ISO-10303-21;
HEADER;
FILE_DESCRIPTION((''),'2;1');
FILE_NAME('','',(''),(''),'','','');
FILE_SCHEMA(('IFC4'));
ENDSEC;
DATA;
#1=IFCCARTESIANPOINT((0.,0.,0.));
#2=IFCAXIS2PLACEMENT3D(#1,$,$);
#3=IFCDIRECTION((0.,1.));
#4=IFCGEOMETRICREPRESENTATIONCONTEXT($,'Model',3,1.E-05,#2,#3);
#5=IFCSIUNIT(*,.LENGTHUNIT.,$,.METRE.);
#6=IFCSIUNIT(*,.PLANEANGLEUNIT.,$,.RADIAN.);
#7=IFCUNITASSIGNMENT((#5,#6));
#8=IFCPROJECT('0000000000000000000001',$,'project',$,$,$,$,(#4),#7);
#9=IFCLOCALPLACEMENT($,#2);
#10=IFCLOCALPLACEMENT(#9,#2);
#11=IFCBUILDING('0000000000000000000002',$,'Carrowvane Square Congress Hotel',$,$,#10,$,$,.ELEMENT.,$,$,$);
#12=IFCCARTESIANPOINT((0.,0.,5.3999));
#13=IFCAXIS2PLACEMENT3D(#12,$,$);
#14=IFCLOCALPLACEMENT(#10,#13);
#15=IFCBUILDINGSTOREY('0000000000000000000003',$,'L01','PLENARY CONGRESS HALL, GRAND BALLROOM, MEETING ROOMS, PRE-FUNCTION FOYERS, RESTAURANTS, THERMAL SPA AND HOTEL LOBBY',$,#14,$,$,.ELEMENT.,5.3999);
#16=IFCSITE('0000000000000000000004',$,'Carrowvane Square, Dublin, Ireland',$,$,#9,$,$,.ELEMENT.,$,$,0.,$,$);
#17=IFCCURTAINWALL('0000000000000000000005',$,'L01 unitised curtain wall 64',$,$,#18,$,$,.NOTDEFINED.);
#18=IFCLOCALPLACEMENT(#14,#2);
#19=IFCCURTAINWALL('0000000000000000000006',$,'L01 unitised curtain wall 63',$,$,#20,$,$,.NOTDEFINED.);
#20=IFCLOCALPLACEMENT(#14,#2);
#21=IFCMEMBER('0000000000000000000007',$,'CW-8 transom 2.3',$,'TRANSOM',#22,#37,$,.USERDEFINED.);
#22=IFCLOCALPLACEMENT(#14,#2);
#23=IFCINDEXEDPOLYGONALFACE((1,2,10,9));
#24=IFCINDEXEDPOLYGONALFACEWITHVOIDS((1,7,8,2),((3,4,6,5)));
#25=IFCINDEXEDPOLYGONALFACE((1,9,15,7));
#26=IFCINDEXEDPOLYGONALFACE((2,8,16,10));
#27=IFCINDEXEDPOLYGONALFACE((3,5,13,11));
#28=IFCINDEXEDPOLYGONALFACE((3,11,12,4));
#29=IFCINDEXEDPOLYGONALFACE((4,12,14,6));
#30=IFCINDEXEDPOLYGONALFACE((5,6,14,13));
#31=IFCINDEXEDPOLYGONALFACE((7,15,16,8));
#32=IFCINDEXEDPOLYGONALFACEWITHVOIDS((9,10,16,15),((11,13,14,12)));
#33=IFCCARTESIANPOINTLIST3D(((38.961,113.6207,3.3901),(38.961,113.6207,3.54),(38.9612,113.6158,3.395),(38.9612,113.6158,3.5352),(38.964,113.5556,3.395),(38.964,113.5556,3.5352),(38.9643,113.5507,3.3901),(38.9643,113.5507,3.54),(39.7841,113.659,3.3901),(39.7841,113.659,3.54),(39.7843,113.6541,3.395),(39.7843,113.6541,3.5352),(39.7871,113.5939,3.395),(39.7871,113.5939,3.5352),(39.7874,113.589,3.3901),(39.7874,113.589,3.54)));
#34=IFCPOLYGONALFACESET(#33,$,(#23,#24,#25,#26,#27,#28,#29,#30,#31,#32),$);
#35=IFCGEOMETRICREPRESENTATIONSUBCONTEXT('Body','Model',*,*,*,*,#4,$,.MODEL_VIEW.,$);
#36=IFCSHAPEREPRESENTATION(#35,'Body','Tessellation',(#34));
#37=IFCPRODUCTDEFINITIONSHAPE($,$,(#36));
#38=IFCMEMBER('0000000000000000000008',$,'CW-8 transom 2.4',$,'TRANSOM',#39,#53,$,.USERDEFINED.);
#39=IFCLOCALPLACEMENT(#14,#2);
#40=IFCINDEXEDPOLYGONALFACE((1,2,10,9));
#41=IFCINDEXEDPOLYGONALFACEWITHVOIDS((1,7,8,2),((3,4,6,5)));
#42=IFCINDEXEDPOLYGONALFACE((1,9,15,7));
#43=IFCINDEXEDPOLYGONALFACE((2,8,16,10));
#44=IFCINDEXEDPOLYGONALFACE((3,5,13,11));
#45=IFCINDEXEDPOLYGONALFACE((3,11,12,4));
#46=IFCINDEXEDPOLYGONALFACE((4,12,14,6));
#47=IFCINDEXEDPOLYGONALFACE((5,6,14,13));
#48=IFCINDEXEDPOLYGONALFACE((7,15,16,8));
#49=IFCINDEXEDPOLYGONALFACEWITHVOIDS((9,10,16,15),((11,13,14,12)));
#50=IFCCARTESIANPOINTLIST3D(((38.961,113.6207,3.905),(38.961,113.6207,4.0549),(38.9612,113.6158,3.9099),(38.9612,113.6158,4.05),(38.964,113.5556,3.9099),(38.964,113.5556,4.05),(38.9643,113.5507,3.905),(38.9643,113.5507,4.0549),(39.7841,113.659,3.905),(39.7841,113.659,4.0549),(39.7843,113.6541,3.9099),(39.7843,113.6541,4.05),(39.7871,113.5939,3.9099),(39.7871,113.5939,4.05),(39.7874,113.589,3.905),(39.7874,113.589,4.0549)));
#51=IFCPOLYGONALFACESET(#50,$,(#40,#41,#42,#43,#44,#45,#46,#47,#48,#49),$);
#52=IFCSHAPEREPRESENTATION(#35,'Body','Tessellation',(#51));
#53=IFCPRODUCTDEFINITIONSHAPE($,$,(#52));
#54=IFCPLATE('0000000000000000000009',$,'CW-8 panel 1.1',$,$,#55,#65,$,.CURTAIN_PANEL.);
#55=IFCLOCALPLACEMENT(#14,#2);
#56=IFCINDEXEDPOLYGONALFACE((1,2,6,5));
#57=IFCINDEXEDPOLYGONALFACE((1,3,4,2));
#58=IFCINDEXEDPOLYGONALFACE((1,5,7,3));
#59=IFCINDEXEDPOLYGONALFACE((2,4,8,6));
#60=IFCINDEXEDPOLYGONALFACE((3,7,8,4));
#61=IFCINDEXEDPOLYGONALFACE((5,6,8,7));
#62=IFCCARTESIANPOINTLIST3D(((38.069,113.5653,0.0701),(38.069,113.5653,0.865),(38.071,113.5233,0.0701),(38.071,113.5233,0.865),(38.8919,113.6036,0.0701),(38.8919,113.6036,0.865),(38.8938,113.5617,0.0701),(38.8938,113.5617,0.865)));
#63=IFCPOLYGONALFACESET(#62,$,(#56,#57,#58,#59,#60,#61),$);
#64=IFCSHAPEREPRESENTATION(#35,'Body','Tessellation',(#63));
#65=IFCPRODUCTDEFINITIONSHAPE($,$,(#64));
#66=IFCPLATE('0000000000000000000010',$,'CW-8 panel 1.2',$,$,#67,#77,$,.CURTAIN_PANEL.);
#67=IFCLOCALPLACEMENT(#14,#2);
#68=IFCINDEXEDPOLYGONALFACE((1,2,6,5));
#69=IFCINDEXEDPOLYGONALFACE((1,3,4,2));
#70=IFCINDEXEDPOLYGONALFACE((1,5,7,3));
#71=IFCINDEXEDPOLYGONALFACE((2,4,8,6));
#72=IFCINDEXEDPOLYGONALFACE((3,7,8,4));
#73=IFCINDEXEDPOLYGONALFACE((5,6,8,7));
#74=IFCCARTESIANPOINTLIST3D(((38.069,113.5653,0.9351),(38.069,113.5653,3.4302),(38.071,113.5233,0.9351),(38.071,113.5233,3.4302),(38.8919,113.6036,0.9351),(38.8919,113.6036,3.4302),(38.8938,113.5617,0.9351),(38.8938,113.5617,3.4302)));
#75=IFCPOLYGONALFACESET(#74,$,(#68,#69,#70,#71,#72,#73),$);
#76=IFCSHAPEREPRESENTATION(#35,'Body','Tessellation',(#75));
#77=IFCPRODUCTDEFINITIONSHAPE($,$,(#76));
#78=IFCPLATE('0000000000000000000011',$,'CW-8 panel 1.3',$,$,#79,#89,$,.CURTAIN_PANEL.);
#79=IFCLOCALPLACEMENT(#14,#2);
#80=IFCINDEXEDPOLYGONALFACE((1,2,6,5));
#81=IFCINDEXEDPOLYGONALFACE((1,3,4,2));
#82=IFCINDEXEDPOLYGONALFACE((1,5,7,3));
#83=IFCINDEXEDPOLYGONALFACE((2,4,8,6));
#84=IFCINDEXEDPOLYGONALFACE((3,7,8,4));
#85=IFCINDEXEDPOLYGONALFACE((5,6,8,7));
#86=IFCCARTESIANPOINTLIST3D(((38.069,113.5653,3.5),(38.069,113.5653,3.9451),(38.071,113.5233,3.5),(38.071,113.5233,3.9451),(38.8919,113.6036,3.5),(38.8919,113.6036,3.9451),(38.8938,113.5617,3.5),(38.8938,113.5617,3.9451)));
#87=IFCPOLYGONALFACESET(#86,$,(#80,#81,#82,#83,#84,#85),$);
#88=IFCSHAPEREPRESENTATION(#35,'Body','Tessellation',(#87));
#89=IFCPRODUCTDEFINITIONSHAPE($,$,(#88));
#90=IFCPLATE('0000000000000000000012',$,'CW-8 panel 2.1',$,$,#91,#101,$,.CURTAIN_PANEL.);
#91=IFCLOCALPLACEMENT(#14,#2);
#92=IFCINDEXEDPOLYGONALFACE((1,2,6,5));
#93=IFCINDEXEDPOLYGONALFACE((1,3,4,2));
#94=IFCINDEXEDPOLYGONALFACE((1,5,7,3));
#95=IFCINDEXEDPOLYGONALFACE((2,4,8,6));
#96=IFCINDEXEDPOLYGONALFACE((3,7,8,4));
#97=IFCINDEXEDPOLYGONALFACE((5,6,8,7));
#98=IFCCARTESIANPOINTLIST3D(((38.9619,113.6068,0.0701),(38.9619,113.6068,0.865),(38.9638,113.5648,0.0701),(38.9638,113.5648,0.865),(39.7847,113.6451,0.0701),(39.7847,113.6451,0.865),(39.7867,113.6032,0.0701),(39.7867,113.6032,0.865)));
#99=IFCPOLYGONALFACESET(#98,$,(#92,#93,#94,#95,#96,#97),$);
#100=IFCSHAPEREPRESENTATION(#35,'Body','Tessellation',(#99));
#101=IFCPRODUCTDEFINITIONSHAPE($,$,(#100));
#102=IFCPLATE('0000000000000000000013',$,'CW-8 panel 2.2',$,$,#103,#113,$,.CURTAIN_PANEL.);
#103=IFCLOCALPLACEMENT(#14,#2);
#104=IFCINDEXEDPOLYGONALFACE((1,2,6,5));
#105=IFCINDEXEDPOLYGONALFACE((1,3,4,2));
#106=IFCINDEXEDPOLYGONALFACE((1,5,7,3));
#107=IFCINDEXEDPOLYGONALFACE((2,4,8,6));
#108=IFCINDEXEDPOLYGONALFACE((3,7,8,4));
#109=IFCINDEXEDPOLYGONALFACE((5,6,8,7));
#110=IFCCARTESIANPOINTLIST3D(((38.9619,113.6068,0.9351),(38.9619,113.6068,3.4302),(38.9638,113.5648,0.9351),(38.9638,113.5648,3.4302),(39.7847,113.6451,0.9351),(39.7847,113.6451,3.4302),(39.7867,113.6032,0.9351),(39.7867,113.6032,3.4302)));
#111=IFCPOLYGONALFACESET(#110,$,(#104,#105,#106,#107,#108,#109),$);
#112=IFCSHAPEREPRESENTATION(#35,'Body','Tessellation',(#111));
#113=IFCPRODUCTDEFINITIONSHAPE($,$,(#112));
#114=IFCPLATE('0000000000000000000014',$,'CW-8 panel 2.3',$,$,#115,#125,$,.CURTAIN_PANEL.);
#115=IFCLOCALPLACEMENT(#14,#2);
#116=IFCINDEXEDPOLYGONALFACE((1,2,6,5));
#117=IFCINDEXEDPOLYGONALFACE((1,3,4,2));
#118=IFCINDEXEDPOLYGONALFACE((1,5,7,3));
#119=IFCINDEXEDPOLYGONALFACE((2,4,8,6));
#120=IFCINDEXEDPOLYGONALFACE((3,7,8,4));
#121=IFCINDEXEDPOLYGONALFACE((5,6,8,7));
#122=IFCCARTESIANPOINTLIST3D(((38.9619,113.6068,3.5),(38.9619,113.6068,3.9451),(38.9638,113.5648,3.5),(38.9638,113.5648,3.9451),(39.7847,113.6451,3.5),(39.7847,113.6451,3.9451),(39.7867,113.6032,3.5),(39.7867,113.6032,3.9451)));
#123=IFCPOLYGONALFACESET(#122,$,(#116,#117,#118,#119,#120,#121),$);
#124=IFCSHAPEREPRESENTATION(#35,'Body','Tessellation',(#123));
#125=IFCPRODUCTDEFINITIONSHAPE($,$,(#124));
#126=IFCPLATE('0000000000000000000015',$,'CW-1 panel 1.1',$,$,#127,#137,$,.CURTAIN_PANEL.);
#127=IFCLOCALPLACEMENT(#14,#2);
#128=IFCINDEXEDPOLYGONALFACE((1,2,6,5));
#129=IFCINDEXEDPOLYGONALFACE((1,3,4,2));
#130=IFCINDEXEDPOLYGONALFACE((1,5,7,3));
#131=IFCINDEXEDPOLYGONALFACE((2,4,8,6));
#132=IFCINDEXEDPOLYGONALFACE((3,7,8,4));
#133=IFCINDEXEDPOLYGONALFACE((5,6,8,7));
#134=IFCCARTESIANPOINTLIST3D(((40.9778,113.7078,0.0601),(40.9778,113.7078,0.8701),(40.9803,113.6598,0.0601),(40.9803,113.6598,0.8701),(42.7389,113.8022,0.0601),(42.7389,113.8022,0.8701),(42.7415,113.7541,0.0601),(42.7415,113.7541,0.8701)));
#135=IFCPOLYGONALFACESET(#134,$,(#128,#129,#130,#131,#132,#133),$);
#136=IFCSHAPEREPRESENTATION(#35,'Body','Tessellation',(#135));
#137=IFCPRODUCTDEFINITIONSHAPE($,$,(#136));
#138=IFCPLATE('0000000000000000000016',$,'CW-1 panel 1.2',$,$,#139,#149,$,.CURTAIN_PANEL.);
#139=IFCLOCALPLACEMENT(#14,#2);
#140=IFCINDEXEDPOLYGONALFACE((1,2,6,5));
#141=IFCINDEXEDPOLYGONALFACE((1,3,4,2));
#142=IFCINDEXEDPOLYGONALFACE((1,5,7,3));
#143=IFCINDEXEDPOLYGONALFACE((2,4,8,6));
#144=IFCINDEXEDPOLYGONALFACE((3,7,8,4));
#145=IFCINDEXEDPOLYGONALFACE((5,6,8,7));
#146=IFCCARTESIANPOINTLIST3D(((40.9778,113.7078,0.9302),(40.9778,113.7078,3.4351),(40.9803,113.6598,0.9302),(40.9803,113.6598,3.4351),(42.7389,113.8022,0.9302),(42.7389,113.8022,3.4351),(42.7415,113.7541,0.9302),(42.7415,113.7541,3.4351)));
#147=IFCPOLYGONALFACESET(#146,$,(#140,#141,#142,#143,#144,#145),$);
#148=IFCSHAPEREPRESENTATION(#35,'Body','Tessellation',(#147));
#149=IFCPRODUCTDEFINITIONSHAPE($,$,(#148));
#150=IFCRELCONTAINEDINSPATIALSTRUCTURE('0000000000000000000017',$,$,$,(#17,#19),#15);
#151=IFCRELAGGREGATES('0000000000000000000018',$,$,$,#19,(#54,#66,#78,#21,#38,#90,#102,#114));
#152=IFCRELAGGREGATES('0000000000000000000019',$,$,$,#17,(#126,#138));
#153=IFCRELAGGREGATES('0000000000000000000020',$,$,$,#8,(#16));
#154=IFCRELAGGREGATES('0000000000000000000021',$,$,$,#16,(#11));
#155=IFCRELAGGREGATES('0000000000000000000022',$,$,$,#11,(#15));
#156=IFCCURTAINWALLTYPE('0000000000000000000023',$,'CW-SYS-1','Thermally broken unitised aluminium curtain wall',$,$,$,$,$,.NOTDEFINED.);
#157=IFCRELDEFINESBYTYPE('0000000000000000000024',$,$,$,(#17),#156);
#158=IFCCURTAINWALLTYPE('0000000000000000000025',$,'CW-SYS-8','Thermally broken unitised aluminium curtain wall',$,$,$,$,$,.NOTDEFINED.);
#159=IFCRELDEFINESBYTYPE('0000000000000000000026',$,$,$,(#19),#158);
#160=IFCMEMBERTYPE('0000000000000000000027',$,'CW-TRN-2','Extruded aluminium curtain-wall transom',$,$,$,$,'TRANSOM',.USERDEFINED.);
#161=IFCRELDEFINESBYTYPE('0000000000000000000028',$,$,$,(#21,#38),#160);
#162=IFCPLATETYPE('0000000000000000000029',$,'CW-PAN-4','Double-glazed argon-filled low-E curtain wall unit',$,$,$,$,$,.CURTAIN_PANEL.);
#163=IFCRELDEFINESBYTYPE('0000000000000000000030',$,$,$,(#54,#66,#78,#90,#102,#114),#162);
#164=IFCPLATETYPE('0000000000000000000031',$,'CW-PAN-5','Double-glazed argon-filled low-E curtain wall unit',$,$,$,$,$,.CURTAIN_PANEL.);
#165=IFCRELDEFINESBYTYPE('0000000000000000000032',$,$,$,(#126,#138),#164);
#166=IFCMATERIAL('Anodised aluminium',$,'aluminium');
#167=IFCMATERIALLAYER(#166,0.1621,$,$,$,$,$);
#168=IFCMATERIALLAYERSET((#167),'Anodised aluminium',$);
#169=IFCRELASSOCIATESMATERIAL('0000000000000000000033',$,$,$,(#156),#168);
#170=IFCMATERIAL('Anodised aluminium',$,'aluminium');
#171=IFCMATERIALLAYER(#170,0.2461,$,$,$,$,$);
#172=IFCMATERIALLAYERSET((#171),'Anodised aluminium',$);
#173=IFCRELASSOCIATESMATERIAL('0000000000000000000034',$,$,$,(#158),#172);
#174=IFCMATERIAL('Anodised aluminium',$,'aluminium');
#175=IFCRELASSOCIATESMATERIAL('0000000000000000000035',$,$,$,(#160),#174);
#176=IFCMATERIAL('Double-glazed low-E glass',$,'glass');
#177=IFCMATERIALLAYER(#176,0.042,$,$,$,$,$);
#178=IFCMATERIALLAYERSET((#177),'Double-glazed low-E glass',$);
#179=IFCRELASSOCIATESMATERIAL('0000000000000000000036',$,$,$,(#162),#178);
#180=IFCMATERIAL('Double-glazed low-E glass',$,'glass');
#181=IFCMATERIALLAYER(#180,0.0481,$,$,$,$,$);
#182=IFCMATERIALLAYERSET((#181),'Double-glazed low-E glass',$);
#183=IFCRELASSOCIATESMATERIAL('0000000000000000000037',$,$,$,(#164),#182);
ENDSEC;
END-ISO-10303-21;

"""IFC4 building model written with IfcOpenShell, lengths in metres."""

from ifc_helpers import new_model, si_unit, direction, frame, origin, origin_2d, place, context, subcontext, project, spatial, rectangle, hollow_rectangle, extrude, material, layer, layer_set, material_profile, profile_set, type_object, element, aggregate, save


model = new_model("IFC4")

# Units and contexts
model_context = context("Model", 3, precision=1e-05, world=origin(), true_north=direction((0.0, 1.0)))
body_context = subcontext(model_context, "Body", "Model", "MODEL_VIEW")
ifc_project = project(units=[si_unit("LENGTHUNIT", "METRE"), si_unit("PLANEANGLEUNIT", "RADIAN")], contexts=[model_context])

# Site, building, storey
site_placement = place(None, origin())
site = spatial("IfcSite", under=ifc_project, at=site_placement, Name="Carrowvane Square, Dublin, Ireland", CompositionType="ELEMENT", RefElevation=0.0)
building_placement = place(site_placement, origin())
building = spatial("IfcBuilding", under=site, at=building_placement, Name="Carrowvane Square Congress Hotel", CompositionType="ELEMENT")
storey_placement = place(building_placement, frame((0.0, 0.0, 5.3999)))
storey = spatial("IfcBuildingStorey", under=building, at=storey_placement, Name="L01", Description="PLENARY CONGRESS HALL, GRAND BALLROOM, MEETING ROOMS, PRE-FUNCTION FOYERS, RESTAURANTS, THERMAL SPA AND HOTEL LOBBY", CompositionType="ELEMENT", Elevation=5.3999)

# Curtain wall
ifc_material_1 = material(Name="Anodised aluminium", Category="aluminium")
ifc_layer_1 = layer(ifc_material_1, 0.1621)
ifc_layer_set_1 = layer_set([ifc_layer_1], Name="Anodised aluminium")
curtain_wall_type_1 = type_object("IfcCurtainWallType", Name="CW-SYS-1", Description="Thermally broken unitised aluminium curtain wall", PredefinedType="NOTDEFINED", material=ifc_layer_set_1)
curtain_wall_1_placement = place(storey_placement, origin())
curtain_wall_1 = element("IfcCurtainWall", 1, at=curtain_wall_1_placement, inside=storey, type_object=curtain_wall_type_1, Name="L01 unitised curtain wall 64", PredefinedType="NOTDEFINED")

# Curtain wall
ifc_material_2 = material(Name="Anodised aluminium", Category="aluminium")
ifc_layer_2 = layer(ifc_material_2, 0.2461)
ifc_layer_set_2 = layer_set([ifc_layer_2], Name="Anodised aluminium")
curtain_wall_type_2 = type_object("IfcCurtainWallType", Name="CW-SYS-8", Description="Thermally broken unitised aluminium curtain wall", PredefinedType="NOTDEFINED", material=ifc_layer_set_2)
curtain_wall_2_placement = place(storey_placement, origin())
curtain_wall_2 = element("IfcCurtainWall", 2, at=curtain_wall_2_placement, inside=storey, type_object=curtain_wall_type_2, Name="L01 unitised curtain wall 63", PredefinedType="NOTDEFINED")

# Members
ifc_material_3 = material(Name="Anodised aluminium", Category="aluminium")
ifc_material_profile_1 = material_profile(ifc_material_3, hollow_rectangle(XDim=0.0701, YDim=0.1499, WallThickness=0.0049, at=origin_2d()), Name="CW-TR 70x150x5")
ifc_profile_set_1 = profile_set([ifc_material_profile_1], Name="Anodised aluminium")
member_type_1 = type_object("IfcMemberType", Name="CW-TRN-2", Description="Extruded aluminium curtain-wall transom", ElementType="TRANSOM", PredefinedType="USERDEFINED", material=ifc_profile_set_1)
member_1_placement = place(storey_placement, frame((38.9626, 113.5857, 3.4651), z_axis=(0.998917, 0.046523, 0.0), x_axis=(-0.046523, 0.998917, 0.0)))
member_1 = element("IfcMember", 3, at=member_1_placement, type_object=member_type_1, Name="CW-8 transom 2.3", ObjectType="TRANSOM", PredefinedType="USERDEFINED", context=body_context, shape_type="SweptSolid", body=[
    extrude(hollow_rectangle(XDim=0.0701, YDim=0.1499, WallThickness=0.0049, at=origin_2d()), origin(), (0.0, 0.0, 1.0), 0.824),
])
member_2_placement = place(storey_placement, frame((38.9626, 113.5857, 3.98), z_axis=(0.998917, 0.046523, 0.0), x_axis=(-0.046523, 0.998917, 0.0)))
member_2 = element("IfcMember", 4, at=member_2_placement, type_object=member_type_1, Name="CW-8 transom 2.4", ObjectType="TRANSOM", PredefinedType="USERDEFINED", context=body_context, shape_type="SweptSolid", body=[
    extrude(hollow_rectangle(XDim=0.0701, YDim=0.1499, WallThickness=0.0049, at=origin_2d()), origin(), (0.0, 0.0, 1.0), 0.824),
])

# Plates
ifc_material_4 = material(Name="Double-glazed low-E glass", Category="glass")
ifc_layer_3 = layer(ifc_material_4, 0.042)
ifc_layer_set_3 = layer_set([ifc_layer_3], Name="Double-glazed low-E glass")
plate_type_1 = type_object("IfcPlateType", Name="CW-PAN-4", Description="Double-glazed argon-filled low-E curtain wall unit", PredefinedType="CURTAIN_PANEL", material=ifc_layer_set_3)
plate_1_placement = place(storey_placement, frame((38.4814, 113.5635, 0.0701), z_axis=(0.0, 0.0, 1.0), x_axis=(0.998917, 0.046517, 0.0)))
plate_1 = element("IfcPlate", 5, at=plate_1_placement, type_object=plate_type_1, Name="CW-8 panel 1.1", PredefinedType="CURTAIN_PANEL", context=body_context, shape_type="SweptSolid", body=[
    extrude(rectangle(XDim=0.8237, YDim=0.042, at=origin_2d()), origin(), (0.0, 0.0, 1.0), 0.7949),
])
plate_2_placement = place(storey_placement, frame((38.4814, 113.5635, 0.9351), z_axis=(0.0, 0.0, 1.0), x_axis=(0.998917, 0.046517, 0.0)))
plate_2 = element("IfcPlate", 6, at=plate_2_placement, type_object=plate_type_1, Name="CW-8 panel 1.2", PredefinedType="CURTAIN_PANEL", context=body_context, shape_type="SweptSolid", body=[
    extrude(rectangle(XDim=0.8237, YDim=0.042, at=origin_2d()), origin(), (0.0, 0.0, 1.0), 2.4951),
])
plate_3_placement = place(storey_placement, frame((38.4814, 113.5635, 3.5), z_axis=(0.0, 0.0, 1.0), x_axis=(0.998917, 0.046517, 0.0)))
plate_3 = element("IfcPlate", 7, at=plate_3_placement, type_object=plate_type_1, Name="CW-8 panel 1.3", PredefinedType="CURTAIN_PANEL", context=body_context, shape_type="SweptSolid", body=[
    extrude(rectangle(XDim=0.8237, YDim=0.042, at=origin_2d()), origin(), (0.0, 0.0, 1.0), 0.4451),
])
plate_4_placement = place(storey_placement, frame((39.3743, 113.605, 0.0701), z_axis=(0.0, 0.0, 1.0), x_axis=(0.998917, 0.046517, 0.0)))
plate_4 = element("IfcPlate", 8, at=plate_4_placement, type_object=plate_type_1, Name="CW-8 panel 2.1", PredefinedType="CURTAIN_PANEL", context=body_context, shape_type="SweptSolid", body=[
    extrude(rectangle(XDim=0.8237, YDim=0.042, at=origin_2d()), origin(), (0.0, 0.0, 1.0), 0.7949),
])
plate_5_placement = place(storey_placement, frame((39.3743, 113.605, 0.9351), z_axis=(0.0, 0.0, 1.0), x_axis=(0.998917, 0.046517, 0.0)))
plate_5 = element("IfcPlate", 9, at=plate_5_placement, type_object=plate_type_1, Name="CW-8 panel 2.2", PredefinedType="CURTAIN_PANEL", context=body_context, shape_type="SweptSolid", body=[
    extrude(rectangle(XDim=0.8237, YDim=0.042, at=origin_2d()), origin(), (0.0, 0.0, 1.0), 2.4951),
])
plate_6_placement = place(storey_placement, frame((39.3743, 113.605, 3.5), z_axis=(0.0, 0.0, 1.0), x_axis=(0.998917, 0.046517, 0.0)))
plate_6 = element("IfcPlate", 10, at=plate_6_placement, type_object=plate_type_1, Name="CW-8 panel 2.3", PredefinedType="CURTAIN_PANEL", context=body_context, shape_type="SweptSolid", body=[
    extrude(rectangle(XDim=0.8237, YDim=0.042, at=origin_2d()), origin(), (0.0, 0.0, 1.0), 0.4451),
])
aggregate(curtain_wall_2, [plate_1, plate_2, plate_3, member_1, member_2, plate_4, plate_5, plate_6])
ifc_material_5 = material(Name="Double-glazed low-E glass", Category="glass")
ifc_layer_4 = layer(ifc_material_5, 0.0481)
ifc_layer_set_4 = layer_set([ifc_layer_4], Name="Double-glazed low-E glass")
plate_type_2 = type_object("IfcPlateType", Name="CW-PAN-5", Description="Double-glazed argon-filled low-E curtain wall unit", PredefinedType="CURTAIN_PANEL", material=ifc_layer_set_4)
plate_7_placement = place(storey_placement, frame((41.8596, 113.731, 0.0601), z_axis=(0.0, 0.0, 1.0), x_axis=(0.998567, 0.053515, 0.0)))
plate_7 = element("IfcPlate", 11, at=plate_7_placement, type_object=plate_type_2, Name="CW-1 panel 1.1", PredefinedType="CURTAIN_PANEL", context=body_context, shape_type="SweptSolid", body=[
    extrude(rectangle(XDim=1.7637, YDim=0.0481, at=origin_2d()), origin(), (0.0, 0.0, 1.0), 0.8101),
])
plate_8_placement = place(storey_placement, frame((41.8596, 113.731, 0.9302), z_axis=(0.0, 0.0, 1.0), x_axis=(0.998567, 0.053515, 0.0)))
plate_8 = element("IfcPlate", 12, at=plate_8_placement, type_object=plate_type_2, Name="CW-1 panel 1.2", PredefinedType="CURTAIN_PANEL", context=body_context, shape_type="SweptSolid", body=[
    extrude(rectangle(XDim=1.7637, YDim=0.0481, at=origin_2d()), origin(), (0.0, 0.0, 1.0), 2.5049),
])
aggregate(curtain_wall_1, [plate_7, plate_8])

save(model, "model.ifc")
